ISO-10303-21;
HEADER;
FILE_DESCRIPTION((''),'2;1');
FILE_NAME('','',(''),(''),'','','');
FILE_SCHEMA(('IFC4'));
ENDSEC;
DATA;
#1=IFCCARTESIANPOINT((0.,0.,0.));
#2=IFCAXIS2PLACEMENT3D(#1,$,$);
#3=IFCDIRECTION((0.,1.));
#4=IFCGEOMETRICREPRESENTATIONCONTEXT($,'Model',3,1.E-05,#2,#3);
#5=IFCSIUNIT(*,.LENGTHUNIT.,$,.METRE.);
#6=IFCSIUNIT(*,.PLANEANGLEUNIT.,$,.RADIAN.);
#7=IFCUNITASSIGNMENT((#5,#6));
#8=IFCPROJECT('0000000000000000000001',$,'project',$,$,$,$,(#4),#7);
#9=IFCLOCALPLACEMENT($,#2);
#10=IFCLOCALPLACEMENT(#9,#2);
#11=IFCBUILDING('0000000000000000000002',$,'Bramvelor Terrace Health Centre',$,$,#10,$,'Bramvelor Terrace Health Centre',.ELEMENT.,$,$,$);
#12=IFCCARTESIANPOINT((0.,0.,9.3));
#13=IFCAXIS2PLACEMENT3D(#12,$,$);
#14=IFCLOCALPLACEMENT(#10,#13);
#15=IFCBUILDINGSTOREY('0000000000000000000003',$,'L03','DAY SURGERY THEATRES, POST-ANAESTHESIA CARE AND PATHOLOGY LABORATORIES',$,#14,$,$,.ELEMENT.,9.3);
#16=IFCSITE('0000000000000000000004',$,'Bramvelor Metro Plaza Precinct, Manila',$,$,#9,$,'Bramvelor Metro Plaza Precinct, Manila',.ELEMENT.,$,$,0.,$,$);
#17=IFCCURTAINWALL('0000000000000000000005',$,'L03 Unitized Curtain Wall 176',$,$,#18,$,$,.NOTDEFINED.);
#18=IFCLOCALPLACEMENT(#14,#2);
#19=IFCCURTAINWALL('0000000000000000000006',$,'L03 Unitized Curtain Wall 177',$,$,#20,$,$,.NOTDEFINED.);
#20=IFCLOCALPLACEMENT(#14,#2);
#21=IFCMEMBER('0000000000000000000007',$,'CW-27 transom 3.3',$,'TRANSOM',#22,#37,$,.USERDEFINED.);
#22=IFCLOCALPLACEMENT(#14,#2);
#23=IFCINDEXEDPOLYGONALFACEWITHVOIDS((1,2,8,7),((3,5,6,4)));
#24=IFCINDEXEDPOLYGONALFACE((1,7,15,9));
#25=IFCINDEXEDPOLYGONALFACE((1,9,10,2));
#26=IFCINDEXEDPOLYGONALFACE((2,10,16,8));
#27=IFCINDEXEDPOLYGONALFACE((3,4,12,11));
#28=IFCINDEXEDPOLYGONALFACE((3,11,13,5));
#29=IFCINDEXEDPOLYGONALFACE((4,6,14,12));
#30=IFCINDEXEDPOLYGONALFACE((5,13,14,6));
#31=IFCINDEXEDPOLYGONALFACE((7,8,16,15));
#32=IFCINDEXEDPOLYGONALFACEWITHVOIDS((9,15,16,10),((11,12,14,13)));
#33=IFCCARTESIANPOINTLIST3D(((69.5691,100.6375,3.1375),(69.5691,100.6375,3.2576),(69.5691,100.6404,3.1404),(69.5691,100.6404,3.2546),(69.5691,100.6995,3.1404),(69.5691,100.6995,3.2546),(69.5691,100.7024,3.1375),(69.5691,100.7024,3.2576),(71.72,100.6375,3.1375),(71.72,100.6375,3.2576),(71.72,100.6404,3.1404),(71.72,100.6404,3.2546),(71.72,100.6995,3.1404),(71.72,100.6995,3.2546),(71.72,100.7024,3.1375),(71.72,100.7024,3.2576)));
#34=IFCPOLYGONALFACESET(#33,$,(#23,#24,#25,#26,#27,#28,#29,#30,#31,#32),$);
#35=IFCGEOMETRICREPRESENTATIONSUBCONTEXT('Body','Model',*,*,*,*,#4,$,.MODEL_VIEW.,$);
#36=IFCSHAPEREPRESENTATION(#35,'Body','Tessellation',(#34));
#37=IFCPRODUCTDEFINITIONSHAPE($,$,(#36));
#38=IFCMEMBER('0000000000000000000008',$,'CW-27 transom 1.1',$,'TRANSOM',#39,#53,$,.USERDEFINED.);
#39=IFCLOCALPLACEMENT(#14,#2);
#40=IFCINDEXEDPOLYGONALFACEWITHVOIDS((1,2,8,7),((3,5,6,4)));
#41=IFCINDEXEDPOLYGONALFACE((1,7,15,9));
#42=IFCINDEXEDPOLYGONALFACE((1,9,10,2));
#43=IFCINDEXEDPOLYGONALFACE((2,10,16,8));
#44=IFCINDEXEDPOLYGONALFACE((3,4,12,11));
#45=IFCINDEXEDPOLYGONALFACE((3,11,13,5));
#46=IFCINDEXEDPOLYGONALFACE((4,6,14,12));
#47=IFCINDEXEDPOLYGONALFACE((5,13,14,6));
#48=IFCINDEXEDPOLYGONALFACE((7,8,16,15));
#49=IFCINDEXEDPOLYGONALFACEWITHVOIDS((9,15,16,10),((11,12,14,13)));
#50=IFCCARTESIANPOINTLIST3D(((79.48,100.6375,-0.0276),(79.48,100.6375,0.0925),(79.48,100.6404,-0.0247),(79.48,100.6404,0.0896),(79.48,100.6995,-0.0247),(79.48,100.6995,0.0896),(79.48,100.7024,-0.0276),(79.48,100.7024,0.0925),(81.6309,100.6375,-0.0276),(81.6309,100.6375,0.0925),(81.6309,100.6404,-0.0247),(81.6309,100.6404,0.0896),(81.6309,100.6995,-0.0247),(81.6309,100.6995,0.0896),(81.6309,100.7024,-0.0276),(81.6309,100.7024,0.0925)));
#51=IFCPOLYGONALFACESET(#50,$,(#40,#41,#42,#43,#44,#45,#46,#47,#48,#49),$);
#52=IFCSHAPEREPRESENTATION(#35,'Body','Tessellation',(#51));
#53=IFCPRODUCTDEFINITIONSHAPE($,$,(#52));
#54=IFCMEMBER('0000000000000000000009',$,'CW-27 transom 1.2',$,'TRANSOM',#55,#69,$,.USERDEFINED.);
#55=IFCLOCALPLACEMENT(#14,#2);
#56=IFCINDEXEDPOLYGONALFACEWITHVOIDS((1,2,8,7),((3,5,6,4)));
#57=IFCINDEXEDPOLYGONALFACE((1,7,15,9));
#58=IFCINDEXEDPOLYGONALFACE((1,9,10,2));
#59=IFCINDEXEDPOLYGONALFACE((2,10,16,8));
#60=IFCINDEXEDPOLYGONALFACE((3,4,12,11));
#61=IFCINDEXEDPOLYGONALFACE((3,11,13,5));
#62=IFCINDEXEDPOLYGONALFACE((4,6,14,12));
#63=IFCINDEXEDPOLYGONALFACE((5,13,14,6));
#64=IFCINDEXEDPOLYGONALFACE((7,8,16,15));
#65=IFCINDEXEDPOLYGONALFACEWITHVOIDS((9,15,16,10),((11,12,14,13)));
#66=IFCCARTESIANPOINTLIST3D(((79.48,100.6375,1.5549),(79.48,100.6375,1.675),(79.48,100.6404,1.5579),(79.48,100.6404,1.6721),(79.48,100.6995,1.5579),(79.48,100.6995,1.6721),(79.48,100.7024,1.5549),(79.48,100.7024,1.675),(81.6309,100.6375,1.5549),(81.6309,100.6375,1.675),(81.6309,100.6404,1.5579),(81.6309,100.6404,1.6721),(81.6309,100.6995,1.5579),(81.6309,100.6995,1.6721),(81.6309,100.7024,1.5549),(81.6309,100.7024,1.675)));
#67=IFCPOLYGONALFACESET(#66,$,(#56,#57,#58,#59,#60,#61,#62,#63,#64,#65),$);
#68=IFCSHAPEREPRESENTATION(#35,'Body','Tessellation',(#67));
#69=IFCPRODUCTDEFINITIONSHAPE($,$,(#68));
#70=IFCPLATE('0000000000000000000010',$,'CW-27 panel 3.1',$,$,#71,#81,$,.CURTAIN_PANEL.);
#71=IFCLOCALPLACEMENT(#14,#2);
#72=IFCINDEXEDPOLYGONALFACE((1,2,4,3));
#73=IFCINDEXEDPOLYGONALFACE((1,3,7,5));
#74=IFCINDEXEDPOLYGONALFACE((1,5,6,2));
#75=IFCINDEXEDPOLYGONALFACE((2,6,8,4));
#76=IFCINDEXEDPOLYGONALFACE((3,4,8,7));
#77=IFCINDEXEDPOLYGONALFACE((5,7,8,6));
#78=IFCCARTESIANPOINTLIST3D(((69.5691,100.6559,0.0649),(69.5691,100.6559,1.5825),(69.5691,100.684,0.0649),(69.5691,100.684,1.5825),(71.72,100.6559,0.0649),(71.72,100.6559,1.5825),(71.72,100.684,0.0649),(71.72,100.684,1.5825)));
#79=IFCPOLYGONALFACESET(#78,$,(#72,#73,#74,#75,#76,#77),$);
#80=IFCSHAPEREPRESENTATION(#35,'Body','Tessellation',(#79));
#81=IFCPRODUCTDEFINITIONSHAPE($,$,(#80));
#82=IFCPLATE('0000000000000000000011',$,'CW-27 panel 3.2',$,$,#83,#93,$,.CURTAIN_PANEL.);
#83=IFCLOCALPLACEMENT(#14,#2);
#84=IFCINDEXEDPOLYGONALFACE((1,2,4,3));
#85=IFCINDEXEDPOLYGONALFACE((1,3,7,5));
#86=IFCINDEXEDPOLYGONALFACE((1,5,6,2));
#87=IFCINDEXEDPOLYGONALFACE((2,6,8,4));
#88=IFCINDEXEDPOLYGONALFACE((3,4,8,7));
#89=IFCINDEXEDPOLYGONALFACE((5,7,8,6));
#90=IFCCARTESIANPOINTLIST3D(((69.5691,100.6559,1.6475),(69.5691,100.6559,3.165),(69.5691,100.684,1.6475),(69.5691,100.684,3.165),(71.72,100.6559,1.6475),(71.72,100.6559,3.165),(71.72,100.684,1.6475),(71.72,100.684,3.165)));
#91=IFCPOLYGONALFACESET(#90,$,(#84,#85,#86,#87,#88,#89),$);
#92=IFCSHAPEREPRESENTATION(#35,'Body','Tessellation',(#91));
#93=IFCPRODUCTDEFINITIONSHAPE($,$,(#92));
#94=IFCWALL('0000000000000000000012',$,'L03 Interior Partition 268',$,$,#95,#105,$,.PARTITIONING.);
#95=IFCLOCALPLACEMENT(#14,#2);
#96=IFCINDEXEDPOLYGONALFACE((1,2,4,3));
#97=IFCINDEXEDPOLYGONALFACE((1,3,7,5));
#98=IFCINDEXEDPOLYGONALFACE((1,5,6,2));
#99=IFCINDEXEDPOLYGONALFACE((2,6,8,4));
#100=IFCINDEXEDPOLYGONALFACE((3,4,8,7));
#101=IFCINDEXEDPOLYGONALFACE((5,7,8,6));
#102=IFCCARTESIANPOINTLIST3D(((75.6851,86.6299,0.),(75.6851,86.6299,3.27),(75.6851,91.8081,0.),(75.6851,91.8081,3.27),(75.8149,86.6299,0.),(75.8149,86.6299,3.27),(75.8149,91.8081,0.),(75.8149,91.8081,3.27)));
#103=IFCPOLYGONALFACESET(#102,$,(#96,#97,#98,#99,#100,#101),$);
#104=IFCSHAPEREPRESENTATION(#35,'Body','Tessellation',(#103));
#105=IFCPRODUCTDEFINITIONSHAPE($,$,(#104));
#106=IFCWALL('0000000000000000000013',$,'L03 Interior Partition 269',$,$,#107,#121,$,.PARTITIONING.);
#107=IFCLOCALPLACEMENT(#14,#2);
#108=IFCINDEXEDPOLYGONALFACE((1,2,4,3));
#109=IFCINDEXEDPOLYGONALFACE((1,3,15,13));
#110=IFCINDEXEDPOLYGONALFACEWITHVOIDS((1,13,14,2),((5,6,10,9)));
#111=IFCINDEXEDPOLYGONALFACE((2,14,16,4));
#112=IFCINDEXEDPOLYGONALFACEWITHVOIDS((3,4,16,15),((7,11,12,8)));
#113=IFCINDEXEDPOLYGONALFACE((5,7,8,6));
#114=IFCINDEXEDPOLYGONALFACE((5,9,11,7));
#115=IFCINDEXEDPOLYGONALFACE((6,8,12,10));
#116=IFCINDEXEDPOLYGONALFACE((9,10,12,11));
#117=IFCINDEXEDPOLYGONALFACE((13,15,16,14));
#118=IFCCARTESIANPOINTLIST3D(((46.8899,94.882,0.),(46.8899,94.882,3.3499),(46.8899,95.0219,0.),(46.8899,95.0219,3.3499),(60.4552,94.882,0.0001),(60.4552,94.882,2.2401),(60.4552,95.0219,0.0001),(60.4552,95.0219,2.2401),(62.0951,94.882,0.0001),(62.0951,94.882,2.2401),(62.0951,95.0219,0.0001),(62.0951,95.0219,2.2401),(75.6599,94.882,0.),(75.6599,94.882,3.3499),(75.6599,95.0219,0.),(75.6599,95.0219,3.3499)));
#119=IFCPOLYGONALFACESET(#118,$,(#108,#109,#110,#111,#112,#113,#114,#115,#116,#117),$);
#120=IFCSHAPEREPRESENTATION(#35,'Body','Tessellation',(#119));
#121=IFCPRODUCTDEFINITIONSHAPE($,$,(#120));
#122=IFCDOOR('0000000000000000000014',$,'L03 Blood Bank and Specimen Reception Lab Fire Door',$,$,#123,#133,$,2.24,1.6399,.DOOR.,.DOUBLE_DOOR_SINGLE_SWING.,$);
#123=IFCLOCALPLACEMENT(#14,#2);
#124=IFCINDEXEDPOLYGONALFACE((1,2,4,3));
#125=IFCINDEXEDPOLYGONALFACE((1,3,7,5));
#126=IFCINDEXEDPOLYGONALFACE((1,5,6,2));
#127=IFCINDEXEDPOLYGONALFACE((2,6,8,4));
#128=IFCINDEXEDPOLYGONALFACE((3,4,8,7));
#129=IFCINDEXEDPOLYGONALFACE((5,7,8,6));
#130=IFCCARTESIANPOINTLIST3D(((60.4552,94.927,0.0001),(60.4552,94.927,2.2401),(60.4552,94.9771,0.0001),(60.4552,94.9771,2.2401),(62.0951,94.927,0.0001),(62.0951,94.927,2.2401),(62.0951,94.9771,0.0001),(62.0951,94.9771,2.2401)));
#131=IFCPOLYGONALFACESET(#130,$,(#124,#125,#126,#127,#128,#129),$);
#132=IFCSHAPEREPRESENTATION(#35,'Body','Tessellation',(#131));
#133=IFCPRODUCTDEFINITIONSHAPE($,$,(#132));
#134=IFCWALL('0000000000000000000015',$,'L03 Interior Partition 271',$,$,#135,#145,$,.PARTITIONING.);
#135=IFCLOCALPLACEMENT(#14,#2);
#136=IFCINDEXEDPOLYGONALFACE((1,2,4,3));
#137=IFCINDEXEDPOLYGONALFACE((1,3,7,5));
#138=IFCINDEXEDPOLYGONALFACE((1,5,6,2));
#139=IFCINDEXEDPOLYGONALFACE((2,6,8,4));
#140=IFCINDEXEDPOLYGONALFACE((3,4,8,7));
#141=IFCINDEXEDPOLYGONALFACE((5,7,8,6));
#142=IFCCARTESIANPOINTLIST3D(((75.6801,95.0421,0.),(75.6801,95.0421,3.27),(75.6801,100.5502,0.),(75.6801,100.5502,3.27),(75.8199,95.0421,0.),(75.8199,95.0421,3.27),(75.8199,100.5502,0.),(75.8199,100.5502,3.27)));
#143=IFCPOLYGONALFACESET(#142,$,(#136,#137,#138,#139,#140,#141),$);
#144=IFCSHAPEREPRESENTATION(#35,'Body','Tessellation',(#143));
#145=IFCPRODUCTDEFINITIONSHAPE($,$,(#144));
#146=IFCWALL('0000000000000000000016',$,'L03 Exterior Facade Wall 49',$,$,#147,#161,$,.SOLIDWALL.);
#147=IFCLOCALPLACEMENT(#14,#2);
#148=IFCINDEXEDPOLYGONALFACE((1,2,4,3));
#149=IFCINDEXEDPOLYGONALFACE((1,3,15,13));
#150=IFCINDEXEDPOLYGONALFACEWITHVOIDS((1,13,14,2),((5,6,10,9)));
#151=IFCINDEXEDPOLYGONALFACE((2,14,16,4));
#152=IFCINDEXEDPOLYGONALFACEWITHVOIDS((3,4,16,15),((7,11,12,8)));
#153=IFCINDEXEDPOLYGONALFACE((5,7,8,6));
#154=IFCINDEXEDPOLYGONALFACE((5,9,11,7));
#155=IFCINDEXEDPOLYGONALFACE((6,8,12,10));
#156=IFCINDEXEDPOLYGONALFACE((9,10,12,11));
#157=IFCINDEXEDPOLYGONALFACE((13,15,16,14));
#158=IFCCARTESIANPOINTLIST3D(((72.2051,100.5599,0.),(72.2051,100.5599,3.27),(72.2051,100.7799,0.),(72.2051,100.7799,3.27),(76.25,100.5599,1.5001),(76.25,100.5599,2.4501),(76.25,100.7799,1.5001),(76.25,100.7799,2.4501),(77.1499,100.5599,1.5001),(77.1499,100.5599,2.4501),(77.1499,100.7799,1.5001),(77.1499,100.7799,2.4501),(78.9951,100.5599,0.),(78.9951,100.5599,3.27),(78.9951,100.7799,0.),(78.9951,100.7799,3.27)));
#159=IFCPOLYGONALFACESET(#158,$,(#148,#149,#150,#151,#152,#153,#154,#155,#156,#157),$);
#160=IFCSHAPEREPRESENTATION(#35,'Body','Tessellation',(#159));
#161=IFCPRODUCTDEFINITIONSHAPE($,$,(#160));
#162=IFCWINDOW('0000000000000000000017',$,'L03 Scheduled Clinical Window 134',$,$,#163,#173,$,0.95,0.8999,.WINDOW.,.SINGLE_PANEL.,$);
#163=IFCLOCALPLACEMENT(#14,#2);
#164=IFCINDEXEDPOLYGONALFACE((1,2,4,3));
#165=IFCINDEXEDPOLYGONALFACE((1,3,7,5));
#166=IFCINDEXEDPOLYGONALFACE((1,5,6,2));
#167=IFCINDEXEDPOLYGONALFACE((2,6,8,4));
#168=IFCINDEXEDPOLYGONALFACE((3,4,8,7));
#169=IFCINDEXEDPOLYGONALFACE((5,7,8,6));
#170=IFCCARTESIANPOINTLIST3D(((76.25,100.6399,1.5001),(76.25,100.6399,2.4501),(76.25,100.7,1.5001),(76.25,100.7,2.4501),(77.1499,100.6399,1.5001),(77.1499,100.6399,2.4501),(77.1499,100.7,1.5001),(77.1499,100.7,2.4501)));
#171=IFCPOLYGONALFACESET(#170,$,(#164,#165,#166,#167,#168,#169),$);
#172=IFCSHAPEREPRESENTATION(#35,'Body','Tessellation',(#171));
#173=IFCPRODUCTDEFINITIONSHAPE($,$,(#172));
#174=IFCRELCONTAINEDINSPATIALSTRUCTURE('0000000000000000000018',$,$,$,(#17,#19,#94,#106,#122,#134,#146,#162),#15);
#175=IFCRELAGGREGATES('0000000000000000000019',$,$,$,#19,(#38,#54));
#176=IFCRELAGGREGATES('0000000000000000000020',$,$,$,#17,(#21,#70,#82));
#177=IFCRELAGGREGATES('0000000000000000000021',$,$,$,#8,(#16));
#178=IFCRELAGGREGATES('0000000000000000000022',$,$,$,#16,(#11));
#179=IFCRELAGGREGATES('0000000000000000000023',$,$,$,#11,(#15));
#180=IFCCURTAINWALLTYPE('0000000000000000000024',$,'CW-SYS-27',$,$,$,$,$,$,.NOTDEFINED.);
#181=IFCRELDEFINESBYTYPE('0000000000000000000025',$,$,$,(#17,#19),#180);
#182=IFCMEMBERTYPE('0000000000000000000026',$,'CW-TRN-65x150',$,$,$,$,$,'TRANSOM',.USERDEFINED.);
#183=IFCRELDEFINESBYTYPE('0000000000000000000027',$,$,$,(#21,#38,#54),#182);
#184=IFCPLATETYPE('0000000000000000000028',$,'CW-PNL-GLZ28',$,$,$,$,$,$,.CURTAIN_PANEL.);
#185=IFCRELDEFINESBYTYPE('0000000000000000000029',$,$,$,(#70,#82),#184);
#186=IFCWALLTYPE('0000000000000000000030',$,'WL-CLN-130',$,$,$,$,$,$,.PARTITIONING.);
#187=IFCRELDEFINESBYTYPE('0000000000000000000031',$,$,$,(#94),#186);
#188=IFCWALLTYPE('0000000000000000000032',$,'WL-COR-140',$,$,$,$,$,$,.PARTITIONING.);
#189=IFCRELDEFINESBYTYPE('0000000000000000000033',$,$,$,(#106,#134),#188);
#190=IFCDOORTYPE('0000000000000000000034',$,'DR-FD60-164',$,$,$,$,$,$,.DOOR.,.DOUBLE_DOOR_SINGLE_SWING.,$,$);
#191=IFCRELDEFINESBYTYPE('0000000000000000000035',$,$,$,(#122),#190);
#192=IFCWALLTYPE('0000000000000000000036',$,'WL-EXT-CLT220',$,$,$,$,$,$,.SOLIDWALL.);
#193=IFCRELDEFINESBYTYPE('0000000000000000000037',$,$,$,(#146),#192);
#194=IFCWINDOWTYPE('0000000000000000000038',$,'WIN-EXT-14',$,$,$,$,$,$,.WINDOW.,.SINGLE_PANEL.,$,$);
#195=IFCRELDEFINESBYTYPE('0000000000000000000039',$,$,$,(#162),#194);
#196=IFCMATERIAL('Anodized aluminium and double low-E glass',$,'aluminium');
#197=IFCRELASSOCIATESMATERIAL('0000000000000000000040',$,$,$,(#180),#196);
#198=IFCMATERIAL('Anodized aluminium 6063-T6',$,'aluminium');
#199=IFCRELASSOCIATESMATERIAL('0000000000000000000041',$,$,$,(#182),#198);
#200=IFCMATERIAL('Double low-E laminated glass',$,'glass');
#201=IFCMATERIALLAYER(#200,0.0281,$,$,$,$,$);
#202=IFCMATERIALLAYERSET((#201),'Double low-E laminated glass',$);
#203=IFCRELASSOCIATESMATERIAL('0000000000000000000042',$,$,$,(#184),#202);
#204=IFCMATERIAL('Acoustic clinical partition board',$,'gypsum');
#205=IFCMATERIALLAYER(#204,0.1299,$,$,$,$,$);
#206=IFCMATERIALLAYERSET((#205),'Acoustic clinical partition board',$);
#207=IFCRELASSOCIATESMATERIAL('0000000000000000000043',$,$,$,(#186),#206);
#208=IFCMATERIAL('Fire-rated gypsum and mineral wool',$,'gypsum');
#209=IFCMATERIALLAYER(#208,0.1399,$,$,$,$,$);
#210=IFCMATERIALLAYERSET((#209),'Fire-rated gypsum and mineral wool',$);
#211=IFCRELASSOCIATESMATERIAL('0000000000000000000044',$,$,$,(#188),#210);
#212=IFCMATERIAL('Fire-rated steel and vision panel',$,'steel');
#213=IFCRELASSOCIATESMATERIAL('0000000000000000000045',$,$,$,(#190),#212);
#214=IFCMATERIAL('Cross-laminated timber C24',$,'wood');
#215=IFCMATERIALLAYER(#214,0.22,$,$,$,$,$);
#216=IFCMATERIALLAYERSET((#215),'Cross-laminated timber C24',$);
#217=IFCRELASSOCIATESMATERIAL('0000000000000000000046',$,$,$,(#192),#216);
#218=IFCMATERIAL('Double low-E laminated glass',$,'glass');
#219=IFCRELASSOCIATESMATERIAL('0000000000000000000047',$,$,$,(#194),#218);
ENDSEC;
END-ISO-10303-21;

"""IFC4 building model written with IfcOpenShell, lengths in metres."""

from ifc_helpers import new_model, si_unit, direction, frame, frame_2d, origin, origin_2d, place, context, subcontext, project, spatial, rectangle, hollow_rectangle, extrude, material, layer, layer_set, material_profile, profile_set, type_object, element, fill, aggregate, save


model = new_model("IFC4")

# Units and contexts
model_context = context("Model", 3, precision=1e-05, world=origin(), true_north=direction((0.0, 1.0)))
body_context = subcontext(model_context, "Body", "Model", "MODEL_VIEW")
ifc_project = project(units=[si_unit("LENGTHUNIT", "METRE"), si_unit("PLANEANGLEUNIT", "RADIAN")], contexts=[model_context])

# Site, building, storey
site_placement = place(None, origin())
site = spatial("IfcSite", under=ifc_project, at=site_placement, Name="Bramvelor Metro Plaza Precinct, Manila", LongName="Bramvelor Metro Plaza Precinct, Manila", CompositionType="ELEMENT", RefElevation=0.0)
building_placement = place(site_placement, origin())
building = spatial("IfcBuilding", under=site, at=building_placement, Name="Bramvelor Terrace Health Centre", LongName="Bramvelor Terrace Health Centre", CompositionType="ELEMENT")
storey_placement = place(building_placement, frame((0.0, 0.0, 9.3)))
storey = spatial("IfcBuildingStorey", under=building, at=storey_placement, Name="L03", Description="DAY SURGERY THEATRES, POST-ANAESTHESIA CARE AND PATHOLOGY LABORATORIES", CompositionType="ELEMENT", Elevation=9.3)

# Curtain wall
ifc_material_1 = material(Name="Anodized aluminium and double low-E glass", Category="aluminium")
curtain_wall_type = type_object("IfcCurtainWallType", Name="CW-SYS-27", PredefinedType="NOTDEFINED", material=ifc_material_1)
curtain_wall_1_placement = place(storey_placement, origin())
curtain_wall_1 = element("IfcCurtainWall", 1, at=curtain_wall_1_placement, inside=storey, type_object=curtain_wall_type, Name="L03 Unitized Curtain Wall 176", PredefinedType="NOTDEFINED")

# Curtain wall
curtain_wall_2_placement = place(storey_placement, origin())
curtain_wall_2 = element("IfcCurtainWall", 2, at=curtain_wall_2_placement, inside=storey, type_object=curtain_wall_type, Name="L03 Unitized Curtain Wall 177", PredefinedType="NOTDEFINED")

# Members
ifc_material_2 = material(Name="Anodized aluminium 6063-T6", Category="aluminium")
ifc_material_profile_1 = material_profile(ifc_material_2, hollow_rectangle(XDim=0.0649, YDim=0.1201, WallThickness=0.0029, at=origin_2d()), Name="ALU-TRN 65x120x3.0")
ifc_profile_set_1 = profile_set([ifc_material_profile_1], Name="Anodized aluminium 6063-T6")
member_type_1 = type_object("IfcMemberType", Name="CW-TRN-65x150", ElementType="TRANSOM", PredefinedType="USERDEFINED", material=ifc_profile_set_1)
member_1_placement = place(storey_placement, frame((69.5691, 100.6699, 3.1975), z_axis=(1.0, 0.0, 0.0), x_axis=(0.0, 1.0, 0.0)))
member_1 = element("IfcMember", 3, at=member_1_placement, type_object=member_type_1, Name="CW-27 transom 3.3", ObjectType="TRANSOM", PredefinedType="USERDEFINED", context=body_context, shape_type="SweptSolid", body=[
    extrude(hollow_rectangle(XDim=0.0649, YDim=0.1201, WallThickness=0.0029, at=origin_2d()), origin(), (0.0, 0.0, 1.0), 2.1509),
])
member_2_placement = place(storey_placement, frame((79.48, 100.6699, 0.0325), z_axis=(1.0, 0.0, 0.0), x_axis=(0.0, 1.0, 0.0)))
member_2 = element("IfcMember", 4, at=member_2_placement, type_object=member_type_1, Name="CW-27 transom 1.1", ObjectType="TRANSOM", PredefinedType="USERDEFINED", context=body_context, shape_type="SweptSolid", body=[
    extrude(hollow_rectangle(XDim=0.0649, YDim=0.1201, WallThickness=0.0029, at=origin_2d()), origin(), (0.0, 0.0, 1.0), 2.1509),
])
member_3_placement = place(storey_placement, frame((79.48, 100.6699, 1.615), z_axis=(1.0, 0.0, 0.0), x_axis=(0.0, 1.0, 0.0)))
member_3 = element("IfcMember", 5, at=member_3_placement, type_object=member_type_1, Name="CW-27 transom 1.2", ObjectType="TRANSOM", PredefinedType="USERDEFINED", context=body_context, shape_type="SweptSolid", body=[
    extrude(hollow_rectangle(XDim=0.0649, YDim=0.1201, WallThickness=0.0029, at=origin_2d()), origin(), (0.0, 0.0, 1.0), 2.1509),
])
aggregate(curtain_wall_2, [member_2, member_3])

# Plates
ifc_material_3 = material(Name="Double low-E laminated glass", Category="glass")
ifc_layer_1 = layer(ifc_material_3, 0.0281)
ifc_layer_set_1 = layer_set([ifc_layer_1], Name="Double low-E laminated glass")
plate_type = type_object("IfcPlateType", Name="CW-PNL-GLZ28", PredefinedType="CURTAIN_PANEL", material=ifc_layer_set_1)
plate_1_placement = place(storey_placement, frame((70.6445, 100.6699, 0.0649), z_axis=(0.0, 0.0, 1.0), x_axis=(1.0, 0.0, 0.0)))
plate_1 = element("IfcPlate", 6, at=plate_1_placement, type_object=plate_type, Name="CW-27 panel 3.1", PredefinedType="CURTAIN_PANEL", context=body_context, shape_type="SweptSolid", body=[
    extrude(rectangle(XDim=2.1509, YDim=0.0281, at=origin_2d()), origin(), (0.0, 0.0, 1.0), 1.5176),
])
plate_2_placement = place(storey_placement, frame((70.6445, 100.6699, 1.6475), z_axis=(0.0, 0.0, 1.0), x_axis=(1.0, 0.0, 0.0)))
plate_2 = element("IfcPlate", 7, at=plate_2_placement, type_object=plate_type, Name="CW-27 panel 3.2", PredefinedType="CURTAIN_PANEL", context=body_context, shape_type="SweptSolid", body=[
    extrude(rectangle(XDim=2.1509, YDim=0.0281, at=origin_2d()), origin(), (0.0, 0.0, 1.0), 1.5176),
])
aggregate(curtain_wall_1, [member_1, plate_1, plate_2])

# Wall
ifc_material_4 = material(Name="Acoustic clinical partition board", Category="gypsum")
ifc_layer_2 = layer(ifc_material_4, 0.1299)
ifc_layer_set_2 = layer_set([ifc_layer_2], Name="Acoustic clinical partition board")
wall_type_1 = type_object("IfcWallType", Name="WL-CLN-130", PredefinedType="PARTITIONING", material=ifc_layer_set_2)
wall_1_placement = place(storey_placement, frame((75.75, 91.8081, 0.0), z_axis=(0.0, 0.0, 1.0), x_axis=(0.0, -1.0, 0.0)))
element("IfcWall", 8, at=wall_1_placement, inside=storey, type_object=wall_type_1, Name="L03 Interior Partition 268", PredefinedType="PARTITIONING", context=body_context, shape_type="SweptSolid", body=[
    extrude(rectangle(XDim=5.1782, YDim=0.1299, at=frame_2d((2.5891, 0.0))), origin(), (0.0, 0.0, 1.0), 3.27),
])

# Wall, opening, door
ifc_material_5 = material(Name="Fire-rated gypsum and mineral wool", Category="gypsum")
ifc_layer_3 = layer(ifc_material_5, 0.1399)
ifc_layer_set_3 = layer_set([ifc_layer_3], Name="Fire-rated gypsum and mineral wool")
wall_type_2 = type_object("IfcWallType", Name="WL-COR-140", PredefinedType="PARTITIONING", material=ifc_layer_set_3)
wall_2_placement = place(storey_placement, frame((75.6599, 94.9519, 0.0), z_axis=(0.0, 0.0, 1.0), x_axis=(-1.0, 0.0, 0.0)))
wall_2 = element("IfcWall", 9, at=wall_2_placement, inside=storey, type_object=wall_type_2, Name="L03 Interior Partition 269", PredefinedType="PARTITIONING", context=body_context, shape_type="SweptSolid", body=[
    extrude(rectangle(XDim=28.77, YDim=0.1399, at=frame_2d((14.385, 0.0))), origin(), (0.0, 0.0, 1.0), 3.3499),
])
opening_1_placement = place(wall_2_placement, frame((13.5649, 0.0, 0.0)))
opening_1 = element("IfcOpeningElement", 10, at=opening_1_placement, cuts=wall_2, PredefinedType="OPENING", context=body_context, shape_type="SweptSolid", body=[
    extrude(rectangle(XDim=1.6399, YDim=2.24, at=frame_2d((0.8198, 1.1201))), frame((0.0, 0.0798, 0.0), z_axis=(0.0, -1.0, 0.0), x_axis=(1.0, 0.0, 0.0)), (0.0, 0.0, 1.0), 0.1599),
])
ifc_material_6 = material(Name="Fire-rated steel and vision panel", Category="steel")
door_type_1 = type_object("IfcDoorType", Name="DR-FD60-164", OperationType="DOUBLE_DOOR_SINGLE_SWING", PredefinedType="DOOR", material=ifc_material_6)
door_1_placement = place(opening_1_placement, origin())
door_1 = element("IfcDoor", 11, at=door_1_placement, inside=storey, type_object=door_type_1, Name="L03 Blood Bank and Specimen Reception Lab Fire Door", OperationType="DOUBLE_DOOR_SINGLE_SWING", OverallHeight=2.24, OverallWidth=1.6399, PredefinedType="DOOR", context=body_context, shape_type="SweptSolid", body=[
    extrude(rectangle(XDim=1.6399, YDim=2.24, at=frame_2d((0.8198, 1.1201))), frame((0.0, 0.0249, 0.0), z_axis=(0.0, -1.0, 0.0), x_axis=(1.0, 0.0, 0.0)), (0.0, 0.0, 1.0), 0.05),
])
fill(opening_1, door_1)

# Wall
wall_3_placement = place(storey_placement, frame((75.75, 100.55, 0.0), z_axis=(0.0, 0.0, 1.0), x_axis=(0.0, -1.0, 0.0)))
element("IfcWall", 12, at=wall_3_placement, inside=storey, type_object=wall_type_2, Name="L03 Interior Partition 271", PredefinedType="PARTITIONING", context=body_context, shape_type="SweptSolid", body=[
    extrude(rectangle(XDim=5.5081, YDim=0.1399, at=frame_2d((2.7539, 0.0))), origin(), (0.0, 0.0, 1.0), 3.27),
])

# Wall, opening, window
ifc_material_7 = material(Name="Cross-laminated timber C24", Category="wood")
ifc_layer_4 = layer(ifc_material_7, 0.22)
ifc_layer_set_4 = layer_set([ifc_layer_4], Name="Cross-laminated timber C24")
wall_type_3 = type_object("IfcWallType", Name="WL-EXT-CLT220", PredefinedType="SOLIDWALL", material=ifc_layer_set_4)
wall_4_placement = place(storey_placement, frame((72.2051, 100.6699, 0.0), z_axis=(0.0, 0.0, 1.0), x_axis=(1.0, 0.0, 0.0)))
wall_4 = element("IfcWall", 13, at=wall_4_placement, inside=storey, type_object=wall_type_3, Name="L03 Exterior Facade Wall 49", PredefinedType="SOLIDWALL", context=body_context, shape_type="SweptSolid", body=[
    extrude(rectangle(XDim=6.79, YDim=0.22, at=frame_2d((3.395, 0.0))), origin(), (0.0, 0.0, 1.0), 3.27),
])
opening_2_placement = place(wall_4_placement, frame((4.0449, 0.0, 1.5)))
opening_2 = element("IfcOpeningElement", 14, at=opening_2_placement, cuts=wall_4, PredefinedType="OPENING", context=body_context, shape_type="SweptSolid", body=[
    extrude(rectangle(XDim=0.8999, YDim=0.95, at=frame_2d((0.45, 0.4751))), frame((0.0, 0.1199, 0.0), z_axis=(0.0, -1.0, 0.0), x_axis=(1.0, 0.0, 0.0)), (0.0, 0.0, 1.0), 0.24),
])
ifc_material_8 = material(Name="Double low-E laminated glass", Category="glass")
window_type = type_object("IfcWindowType", Name="WIN-EXT-14", PartitioningType="SINGLE_PANEL", PredefinedType="WINDOW", material=ifc_material_8)
window_placement = place(opening_2_placement, origin())
window = element("IfcWindow", 15, at=window_placement, inside=storey, type_object=window_type, Name="L03 Scheduled Clinical Window 134", OverallHeight=0.95, OverallWidth=0.8999, PartitioningType="SINGLE_PANEL", PredefinedType="WINDOW", context=body_context, shape_type="SweptSolid", body=[
    extrude(rectangle(XDim=0.8999, YDim=0.95, at=frame_2d((0.45, 0.4751))), frame((0.0, 0.03, 0.0), z_axis=(0.0, -1.0, 0.0), x_axis=(1.0, 0.0, 0.0)), (0.0, 0.0, 1.0), 0.0601),
])
fill(opening_2, window)

save(model, "model.ifc")
